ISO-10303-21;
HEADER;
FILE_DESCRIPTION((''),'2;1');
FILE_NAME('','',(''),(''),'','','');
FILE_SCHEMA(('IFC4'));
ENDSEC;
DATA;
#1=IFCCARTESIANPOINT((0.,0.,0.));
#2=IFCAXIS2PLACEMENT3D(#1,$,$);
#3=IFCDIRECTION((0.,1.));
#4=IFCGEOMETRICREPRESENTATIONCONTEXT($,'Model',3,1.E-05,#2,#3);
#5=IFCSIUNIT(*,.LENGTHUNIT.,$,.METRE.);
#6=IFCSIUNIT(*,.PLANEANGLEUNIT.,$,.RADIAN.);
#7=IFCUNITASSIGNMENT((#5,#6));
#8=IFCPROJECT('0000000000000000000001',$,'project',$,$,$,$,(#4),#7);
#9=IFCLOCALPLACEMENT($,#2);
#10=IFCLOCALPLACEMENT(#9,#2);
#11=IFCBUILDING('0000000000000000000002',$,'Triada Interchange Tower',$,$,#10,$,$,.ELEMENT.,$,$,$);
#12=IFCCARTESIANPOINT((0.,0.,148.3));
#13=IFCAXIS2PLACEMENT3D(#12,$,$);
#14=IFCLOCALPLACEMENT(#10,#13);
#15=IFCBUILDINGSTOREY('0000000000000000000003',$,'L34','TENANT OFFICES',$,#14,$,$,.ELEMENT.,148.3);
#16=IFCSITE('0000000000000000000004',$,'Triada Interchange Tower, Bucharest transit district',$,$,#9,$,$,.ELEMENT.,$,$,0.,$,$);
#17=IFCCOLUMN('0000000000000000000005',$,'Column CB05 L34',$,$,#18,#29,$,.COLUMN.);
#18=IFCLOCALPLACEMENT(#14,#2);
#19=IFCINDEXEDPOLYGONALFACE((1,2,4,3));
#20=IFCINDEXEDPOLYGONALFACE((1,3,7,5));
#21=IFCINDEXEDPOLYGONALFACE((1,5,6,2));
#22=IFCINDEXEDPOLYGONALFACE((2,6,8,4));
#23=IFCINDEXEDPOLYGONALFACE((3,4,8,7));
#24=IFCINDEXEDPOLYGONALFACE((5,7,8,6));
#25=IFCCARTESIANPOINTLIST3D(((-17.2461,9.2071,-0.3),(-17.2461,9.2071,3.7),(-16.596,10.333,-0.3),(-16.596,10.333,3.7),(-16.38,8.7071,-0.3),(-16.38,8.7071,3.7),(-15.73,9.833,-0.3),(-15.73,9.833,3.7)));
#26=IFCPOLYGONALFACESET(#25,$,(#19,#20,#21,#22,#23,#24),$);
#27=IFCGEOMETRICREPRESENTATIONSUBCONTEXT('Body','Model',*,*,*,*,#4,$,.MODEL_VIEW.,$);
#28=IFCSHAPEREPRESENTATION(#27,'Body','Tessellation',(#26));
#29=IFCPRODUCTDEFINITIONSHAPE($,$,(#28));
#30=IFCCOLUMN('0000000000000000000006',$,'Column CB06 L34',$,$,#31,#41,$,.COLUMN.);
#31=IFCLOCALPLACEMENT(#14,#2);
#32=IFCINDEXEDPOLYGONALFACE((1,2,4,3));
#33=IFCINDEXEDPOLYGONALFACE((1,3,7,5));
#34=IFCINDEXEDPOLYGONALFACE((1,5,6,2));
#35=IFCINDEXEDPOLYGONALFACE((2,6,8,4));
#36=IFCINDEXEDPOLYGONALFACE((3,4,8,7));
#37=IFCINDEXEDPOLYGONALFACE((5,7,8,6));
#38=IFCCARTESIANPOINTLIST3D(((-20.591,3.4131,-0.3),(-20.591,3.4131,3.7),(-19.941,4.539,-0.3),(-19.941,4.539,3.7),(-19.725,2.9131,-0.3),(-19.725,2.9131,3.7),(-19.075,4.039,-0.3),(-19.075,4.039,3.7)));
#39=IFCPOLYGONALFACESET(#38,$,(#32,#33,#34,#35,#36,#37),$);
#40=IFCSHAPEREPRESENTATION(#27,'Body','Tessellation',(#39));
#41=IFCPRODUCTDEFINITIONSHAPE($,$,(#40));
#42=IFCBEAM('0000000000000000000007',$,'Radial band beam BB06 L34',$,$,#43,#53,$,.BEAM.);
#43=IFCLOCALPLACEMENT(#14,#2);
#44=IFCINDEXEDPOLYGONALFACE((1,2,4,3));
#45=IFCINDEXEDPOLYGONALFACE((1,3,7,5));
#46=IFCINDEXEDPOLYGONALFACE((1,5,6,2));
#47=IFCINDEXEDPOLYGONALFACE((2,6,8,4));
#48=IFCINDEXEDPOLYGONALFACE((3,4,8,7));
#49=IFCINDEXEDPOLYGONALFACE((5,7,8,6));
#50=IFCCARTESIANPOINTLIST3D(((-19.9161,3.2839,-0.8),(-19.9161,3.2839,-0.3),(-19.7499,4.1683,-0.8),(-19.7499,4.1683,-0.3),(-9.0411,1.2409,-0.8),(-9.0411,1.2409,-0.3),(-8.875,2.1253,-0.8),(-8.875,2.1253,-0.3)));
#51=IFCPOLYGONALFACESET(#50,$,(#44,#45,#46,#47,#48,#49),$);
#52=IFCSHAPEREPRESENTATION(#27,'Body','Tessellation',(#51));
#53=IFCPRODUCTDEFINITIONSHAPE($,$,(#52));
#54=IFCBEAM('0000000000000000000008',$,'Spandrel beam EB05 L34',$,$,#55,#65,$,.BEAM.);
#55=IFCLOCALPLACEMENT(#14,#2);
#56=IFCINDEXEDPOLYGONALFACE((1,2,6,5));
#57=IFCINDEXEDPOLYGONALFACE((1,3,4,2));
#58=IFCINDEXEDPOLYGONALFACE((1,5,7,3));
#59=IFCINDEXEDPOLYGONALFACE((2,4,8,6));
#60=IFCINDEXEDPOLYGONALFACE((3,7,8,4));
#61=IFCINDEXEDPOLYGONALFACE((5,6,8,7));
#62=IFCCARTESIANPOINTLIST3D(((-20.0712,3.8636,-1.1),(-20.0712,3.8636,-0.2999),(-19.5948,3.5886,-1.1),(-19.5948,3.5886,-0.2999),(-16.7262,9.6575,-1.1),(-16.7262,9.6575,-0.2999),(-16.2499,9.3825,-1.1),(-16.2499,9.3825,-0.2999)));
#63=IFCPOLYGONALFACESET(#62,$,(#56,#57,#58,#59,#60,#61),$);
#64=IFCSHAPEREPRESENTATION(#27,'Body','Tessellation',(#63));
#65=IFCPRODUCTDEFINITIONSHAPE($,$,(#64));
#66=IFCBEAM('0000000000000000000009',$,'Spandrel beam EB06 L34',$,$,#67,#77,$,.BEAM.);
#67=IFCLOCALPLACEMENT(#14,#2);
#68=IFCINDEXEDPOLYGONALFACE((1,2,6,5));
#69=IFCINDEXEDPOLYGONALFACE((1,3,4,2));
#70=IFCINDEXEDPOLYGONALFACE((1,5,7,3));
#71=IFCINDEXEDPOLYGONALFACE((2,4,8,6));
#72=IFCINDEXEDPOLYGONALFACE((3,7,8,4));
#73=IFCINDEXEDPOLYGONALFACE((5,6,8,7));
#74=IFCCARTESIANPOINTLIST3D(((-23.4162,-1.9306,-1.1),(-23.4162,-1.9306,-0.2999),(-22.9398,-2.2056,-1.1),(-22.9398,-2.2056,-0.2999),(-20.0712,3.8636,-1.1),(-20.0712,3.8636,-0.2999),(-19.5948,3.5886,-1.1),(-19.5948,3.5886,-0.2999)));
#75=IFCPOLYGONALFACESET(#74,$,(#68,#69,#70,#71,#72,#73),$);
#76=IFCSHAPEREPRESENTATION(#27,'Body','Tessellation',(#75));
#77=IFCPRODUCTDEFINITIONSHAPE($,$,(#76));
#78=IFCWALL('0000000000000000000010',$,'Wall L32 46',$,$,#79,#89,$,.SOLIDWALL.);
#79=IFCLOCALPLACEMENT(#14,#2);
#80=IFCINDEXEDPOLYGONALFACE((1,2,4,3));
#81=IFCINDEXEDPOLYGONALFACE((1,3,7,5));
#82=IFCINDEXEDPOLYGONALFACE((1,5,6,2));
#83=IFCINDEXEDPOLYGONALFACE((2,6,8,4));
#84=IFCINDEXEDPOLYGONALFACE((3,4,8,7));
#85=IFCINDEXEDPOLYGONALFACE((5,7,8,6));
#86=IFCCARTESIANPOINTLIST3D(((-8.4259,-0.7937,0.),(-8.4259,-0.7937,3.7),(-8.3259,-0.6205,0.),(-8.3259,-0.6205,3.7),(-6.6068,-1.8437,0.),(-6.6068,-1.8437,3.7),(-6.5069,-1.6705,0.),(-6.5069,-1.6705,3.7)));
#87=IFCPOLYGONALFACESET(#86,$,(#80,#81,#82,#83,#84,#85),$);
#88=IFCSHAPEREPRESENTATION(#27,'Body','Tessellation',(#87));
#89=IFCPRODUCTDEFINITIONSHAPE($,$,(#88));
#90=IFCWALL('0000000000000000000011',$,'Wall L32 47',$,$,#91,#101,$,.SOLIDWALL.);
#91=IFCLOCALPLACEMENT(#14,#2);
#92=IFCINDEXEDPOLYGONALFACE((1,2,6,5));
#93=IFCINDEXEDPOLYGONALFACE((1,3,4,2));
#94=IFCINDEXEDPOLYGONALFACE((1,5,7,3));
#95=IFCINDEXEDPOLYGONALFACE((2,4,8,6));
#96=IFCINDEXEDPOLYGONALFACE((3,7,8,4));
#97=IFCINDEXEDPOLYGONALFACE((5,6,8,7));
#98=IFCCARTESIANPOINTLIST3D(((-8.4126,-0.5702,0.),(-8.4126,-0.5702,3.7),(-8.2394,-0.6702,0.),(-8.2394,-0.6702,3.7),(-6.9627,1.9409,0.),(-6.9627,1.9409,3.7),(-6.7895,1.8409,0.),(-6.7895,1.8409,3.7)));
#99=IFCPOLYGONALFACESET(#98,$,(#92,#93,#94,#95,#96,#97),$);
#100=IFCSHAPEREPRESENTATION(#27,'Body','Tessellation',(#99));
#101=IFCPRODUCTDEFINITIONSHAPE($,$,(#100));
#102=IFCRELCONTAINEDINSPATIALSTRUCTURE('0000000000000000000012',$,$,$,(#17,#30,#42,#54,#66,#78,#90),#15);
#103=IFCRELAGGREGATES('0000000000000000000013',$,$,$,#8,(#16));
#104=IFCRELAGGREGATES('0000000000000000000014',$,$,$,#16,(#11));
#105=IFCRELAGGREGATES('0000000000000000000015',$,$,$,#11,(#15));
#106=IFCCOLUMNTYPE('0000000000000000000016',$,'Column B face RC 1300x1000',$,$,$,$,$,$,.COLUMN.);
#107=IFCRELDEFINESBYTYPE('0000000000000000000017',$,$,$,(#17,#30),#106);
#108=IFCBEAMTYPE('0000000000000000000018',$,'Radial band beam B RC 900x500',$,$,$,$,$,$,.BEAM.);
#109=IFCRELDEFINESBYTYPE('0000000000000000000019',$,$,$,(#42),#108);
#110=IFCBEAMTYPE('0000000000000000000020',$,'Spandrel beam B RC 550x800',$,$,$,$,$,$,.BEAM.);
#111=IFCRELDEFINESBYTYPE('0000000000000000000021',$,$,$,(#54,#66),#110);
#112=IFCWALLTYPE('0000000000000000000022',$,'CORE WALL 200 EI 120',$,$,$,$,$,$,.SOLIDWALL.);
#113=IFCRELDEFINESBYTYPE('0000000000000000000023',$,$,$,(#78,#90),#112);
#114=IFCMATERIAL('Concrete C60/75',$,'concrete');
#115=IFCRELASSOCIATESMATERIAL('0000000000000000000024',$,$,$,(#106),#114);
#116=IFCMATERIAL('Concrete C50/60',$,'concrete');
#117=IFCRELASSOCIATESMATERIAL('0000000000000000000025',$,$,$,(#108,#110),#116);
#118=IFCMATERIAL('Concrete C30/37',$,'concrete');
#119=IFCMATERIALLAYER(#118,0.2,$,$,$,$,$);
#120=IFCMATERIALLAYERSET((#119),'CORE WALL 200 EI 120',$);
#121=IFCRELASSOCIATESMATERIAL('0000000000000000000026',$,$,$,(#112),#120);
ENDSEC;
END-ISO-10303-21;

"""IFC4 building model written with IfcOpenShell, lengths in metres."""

from ifc_helpers import new_model, si_unit, direction, frame, frame_2d, origin, origin_2d, place, context, subcontext, project, spatial, rectangle, extrude, material, layer, layer_set, material_profile, profile_set, type_object, element, save


model = new_model("IFC4")

# Units and contexts
model_context = context("Model", 3, precision=1e-05, world=origin(), true_north=direction((0.0, 1.0)))
body_context = subcontext(model_context, "Body", "Model", "MODEL_VIEW")
ifc_project = project(units=[si_unit("LENGTHUNIT", "METRE"), si_unit("PLANEANGLEUNIT", "RADIAN")], contexts=[model_context])

# Site, building, storey
site_placement = place(None, origin())
site = spatial("IfcSite", under=ifc_project, at=site_placement, Name="Triada Interchange Tower, Bucharest transit district", CompositionType="ELEMENT", RefElevation=0.0)
building_placement = place(site_placement, origin())
building = spatial("IfcBuilding", under=site, at=building_placement, Name="Triada Interchange Tower", CompositionType="ELEMENT")
storey_placement = place(building_placement, frame((0.0, 0.0, 148.3)))
storey = spatial("IfcBuildingStorey", under=building, at=storey_placement, Name="L34", Description="TENANT OFFICES", CompositionType="ELEMENT", Elevation=148.3)

# Columns
ifc_material_1 = material(Name="Concrete C60/75", Category="concrete")
ifc_material_profile_1 = material_profile(ifc_material_1, rectangle(XDim=1.3, YDim=1.0, at=origin_2d()), Name="RC 1300x1000")
ifc_profile_set_1 = profile_set([ifc_material_profile_1], Name="Concrete C60/75")
column_type = type_object("IfcColumnType", Name="Column B face RC 1300x1000", PredefinedType="COLUMN", material=ifc_profile_set_1)
for number, where, z_axis, x_axis, name in (
    (1, (-16.488, 9.52, -0.3), (0.0, 0.0, 1.0), (0.5, 0.866025, 0.0), "Column CB05 L34"),
    (2, (-19.833, 3.7261, -0.3), (0.0, 0.0, 1.0), (0.5, 0.866025, 0.0), "Column CB06 L34"),
):
    element("IfcColumn", number, at=place(storey_placement, frame(where, z_axis=z_axis, x_axis=x_axis)), inside=storey, type_object=column_type, Name=name, PredefinedType="COLUMN", context=body_context, shape_type="SweptSolid", body=[
        extrude(rectangle(XDim=1.3, YDim=1.0, at=origin_2d()), origin(), (0.0, 0.0, 1.0), 4.0),
    ])

# Beams
ifc_material_2 = material(Name="Concrete C50/60", Category="concrete")
ifc_material_profile_2 = material_profile(ifc_material_2, rectangle(XDim=0.8999, YDim=0.5, at=origin_2d()), Name="RC 900x500")
ifc_profile_set_2 = profile_set([ifc_material_profile_2], Name="Concrete C50/60")
beam_type_1 = type_object("IfcBeamType", Name="Radial band beam B RC 900x500", PredefinedType="BEAM", material=ifc_profile_set_2)
beam_1_placement = place(storey_placement, frame((-19.833, 3.7261, -0.55), z_axis=(0.982808, -0.18463, 0.0), x_axis=(0.18463, 0.982808, 0.0)))
element("IfcBeam", 3, at=beam_1_placement, inside=storey, type_object=beam_type_1, Name="Radial band beam BB06 L34", PredefinedType="BEAM", context=body_context, shape_type="SweptSolid", body=[
    extrude(rectangle(XDim=0.8999, YDim=0.5, at=origin_2d()), origin(), (0.0, 0.0, 1.0), 11.0652),
])
ifc_material_profile_3 = material_profile(ifc_material_2, rectangle(XDim=0.55, YDim=0.8, at=origin_2d()), Name="RC 550x800")
ifc_profile_set_3 = profile_set([ifc_material_profile_3], Name="Concrete C50/60")
beam_type_2 = type_object("IfcBeamType", Name="Spandrel beam B RC 550x800", PredefinedType="BEAM", material=ifc_profile_set_3)
beam_2_placement = place(storey_placement, frame((-16.488, 9.52, -0.7), z_axis=(-0.499981, -0.866036, 0.0), x_axis=(0.866036, -0.499981, 0.0)))
element("IfcBeam", 4, at=beam_2_placement, inside=storey, type_object=beam_type_2, Name="Spandrel beam EB05 L34", PredefinedType="BEAM", context=body_context, shape_type="SweptSolid", body=[
    extrude(rectangle(XDim=0.55, YDim=0.8, at=origin_2d()), origin(), (0.0, 0.0, 1.0), 6.6902),
])
beam_3_placement = place(storey_placement, frame((-19.833, 3.7261, -0.7), z_axis=(-0.499966, -0.866045, 0.0), x_axis=(0.866045, -0.499966, 0.0)))
element("IfcBeam", 5, at=beam_3_placement, inside=storey, type_object=beam_type_2, Name="Spandrel beam EB06 L34", PredefinedType="BEAM", context=body_context, shape_type="SweptSolid", body=[
    extrude(rectangle(XDim=0.55, YDim=0.8, at=origin_2d()), origin(), (0.0, 0.0, 1.0), 6.6904),
])

# Walls
ifc_material_3 = material(Name="Concrete C30/37", Category="concrete")
ifc_layer_1 = layer(ifc_material_3, 0.2)
ifc_layer_set_1 = layer_set([ifc_layer_1], Name="CORE WALL 200 EI 120")
wall_type_1 = type_object("IfcWallType", Name="CORE WALL 200 EI 120", PredefinedType="SOLIDWALL", material=ifc_layer_set_1)
wall_1_placement = place(storey_placement, frame((-8.376, -0.707, 0.0), z_axis=(0.0, 0.0, 1.0), x_axis=(0.866068, -0.499927, 0.0)))
element("IfcWall", 6, at=wall_1_placement, inside=storey, type_object=wall_type_1, Name="Wall L32 46", PredefinedType="SOLIDWALL", context=body_context, shape_type="SweptSolid", body=[
    extrude(rectangle(XDim=2.1003, YDim=0.2, at=frame_2d((1.0503, 0.0))), origin(), (0.0, 0.0, 1.0), 3.7),
])
wall_2_placement = place(storey_placement, frame((-8.3259, -0.6201, 0.0), z_axis=(0.0, 0.0, 1.0), x_axis=(0.500024, 0.866012, 0.0)))
element("IfcWall", 7, at=wall_2_placement, inside=storey, type_object=wall_type_1, Name="Wall L32 47", PredefinedType="SOLIDWALL", context=body_context, shape_type="SweptSolid", body=[
    extrude(rectangle(XDim=2.8997, YDim=0.2, at=frame_2d((1.4497, 0.0))), origin(), (0.0, 0.0, 1.0), 3.7),
])

save(model, "model.ifc")
